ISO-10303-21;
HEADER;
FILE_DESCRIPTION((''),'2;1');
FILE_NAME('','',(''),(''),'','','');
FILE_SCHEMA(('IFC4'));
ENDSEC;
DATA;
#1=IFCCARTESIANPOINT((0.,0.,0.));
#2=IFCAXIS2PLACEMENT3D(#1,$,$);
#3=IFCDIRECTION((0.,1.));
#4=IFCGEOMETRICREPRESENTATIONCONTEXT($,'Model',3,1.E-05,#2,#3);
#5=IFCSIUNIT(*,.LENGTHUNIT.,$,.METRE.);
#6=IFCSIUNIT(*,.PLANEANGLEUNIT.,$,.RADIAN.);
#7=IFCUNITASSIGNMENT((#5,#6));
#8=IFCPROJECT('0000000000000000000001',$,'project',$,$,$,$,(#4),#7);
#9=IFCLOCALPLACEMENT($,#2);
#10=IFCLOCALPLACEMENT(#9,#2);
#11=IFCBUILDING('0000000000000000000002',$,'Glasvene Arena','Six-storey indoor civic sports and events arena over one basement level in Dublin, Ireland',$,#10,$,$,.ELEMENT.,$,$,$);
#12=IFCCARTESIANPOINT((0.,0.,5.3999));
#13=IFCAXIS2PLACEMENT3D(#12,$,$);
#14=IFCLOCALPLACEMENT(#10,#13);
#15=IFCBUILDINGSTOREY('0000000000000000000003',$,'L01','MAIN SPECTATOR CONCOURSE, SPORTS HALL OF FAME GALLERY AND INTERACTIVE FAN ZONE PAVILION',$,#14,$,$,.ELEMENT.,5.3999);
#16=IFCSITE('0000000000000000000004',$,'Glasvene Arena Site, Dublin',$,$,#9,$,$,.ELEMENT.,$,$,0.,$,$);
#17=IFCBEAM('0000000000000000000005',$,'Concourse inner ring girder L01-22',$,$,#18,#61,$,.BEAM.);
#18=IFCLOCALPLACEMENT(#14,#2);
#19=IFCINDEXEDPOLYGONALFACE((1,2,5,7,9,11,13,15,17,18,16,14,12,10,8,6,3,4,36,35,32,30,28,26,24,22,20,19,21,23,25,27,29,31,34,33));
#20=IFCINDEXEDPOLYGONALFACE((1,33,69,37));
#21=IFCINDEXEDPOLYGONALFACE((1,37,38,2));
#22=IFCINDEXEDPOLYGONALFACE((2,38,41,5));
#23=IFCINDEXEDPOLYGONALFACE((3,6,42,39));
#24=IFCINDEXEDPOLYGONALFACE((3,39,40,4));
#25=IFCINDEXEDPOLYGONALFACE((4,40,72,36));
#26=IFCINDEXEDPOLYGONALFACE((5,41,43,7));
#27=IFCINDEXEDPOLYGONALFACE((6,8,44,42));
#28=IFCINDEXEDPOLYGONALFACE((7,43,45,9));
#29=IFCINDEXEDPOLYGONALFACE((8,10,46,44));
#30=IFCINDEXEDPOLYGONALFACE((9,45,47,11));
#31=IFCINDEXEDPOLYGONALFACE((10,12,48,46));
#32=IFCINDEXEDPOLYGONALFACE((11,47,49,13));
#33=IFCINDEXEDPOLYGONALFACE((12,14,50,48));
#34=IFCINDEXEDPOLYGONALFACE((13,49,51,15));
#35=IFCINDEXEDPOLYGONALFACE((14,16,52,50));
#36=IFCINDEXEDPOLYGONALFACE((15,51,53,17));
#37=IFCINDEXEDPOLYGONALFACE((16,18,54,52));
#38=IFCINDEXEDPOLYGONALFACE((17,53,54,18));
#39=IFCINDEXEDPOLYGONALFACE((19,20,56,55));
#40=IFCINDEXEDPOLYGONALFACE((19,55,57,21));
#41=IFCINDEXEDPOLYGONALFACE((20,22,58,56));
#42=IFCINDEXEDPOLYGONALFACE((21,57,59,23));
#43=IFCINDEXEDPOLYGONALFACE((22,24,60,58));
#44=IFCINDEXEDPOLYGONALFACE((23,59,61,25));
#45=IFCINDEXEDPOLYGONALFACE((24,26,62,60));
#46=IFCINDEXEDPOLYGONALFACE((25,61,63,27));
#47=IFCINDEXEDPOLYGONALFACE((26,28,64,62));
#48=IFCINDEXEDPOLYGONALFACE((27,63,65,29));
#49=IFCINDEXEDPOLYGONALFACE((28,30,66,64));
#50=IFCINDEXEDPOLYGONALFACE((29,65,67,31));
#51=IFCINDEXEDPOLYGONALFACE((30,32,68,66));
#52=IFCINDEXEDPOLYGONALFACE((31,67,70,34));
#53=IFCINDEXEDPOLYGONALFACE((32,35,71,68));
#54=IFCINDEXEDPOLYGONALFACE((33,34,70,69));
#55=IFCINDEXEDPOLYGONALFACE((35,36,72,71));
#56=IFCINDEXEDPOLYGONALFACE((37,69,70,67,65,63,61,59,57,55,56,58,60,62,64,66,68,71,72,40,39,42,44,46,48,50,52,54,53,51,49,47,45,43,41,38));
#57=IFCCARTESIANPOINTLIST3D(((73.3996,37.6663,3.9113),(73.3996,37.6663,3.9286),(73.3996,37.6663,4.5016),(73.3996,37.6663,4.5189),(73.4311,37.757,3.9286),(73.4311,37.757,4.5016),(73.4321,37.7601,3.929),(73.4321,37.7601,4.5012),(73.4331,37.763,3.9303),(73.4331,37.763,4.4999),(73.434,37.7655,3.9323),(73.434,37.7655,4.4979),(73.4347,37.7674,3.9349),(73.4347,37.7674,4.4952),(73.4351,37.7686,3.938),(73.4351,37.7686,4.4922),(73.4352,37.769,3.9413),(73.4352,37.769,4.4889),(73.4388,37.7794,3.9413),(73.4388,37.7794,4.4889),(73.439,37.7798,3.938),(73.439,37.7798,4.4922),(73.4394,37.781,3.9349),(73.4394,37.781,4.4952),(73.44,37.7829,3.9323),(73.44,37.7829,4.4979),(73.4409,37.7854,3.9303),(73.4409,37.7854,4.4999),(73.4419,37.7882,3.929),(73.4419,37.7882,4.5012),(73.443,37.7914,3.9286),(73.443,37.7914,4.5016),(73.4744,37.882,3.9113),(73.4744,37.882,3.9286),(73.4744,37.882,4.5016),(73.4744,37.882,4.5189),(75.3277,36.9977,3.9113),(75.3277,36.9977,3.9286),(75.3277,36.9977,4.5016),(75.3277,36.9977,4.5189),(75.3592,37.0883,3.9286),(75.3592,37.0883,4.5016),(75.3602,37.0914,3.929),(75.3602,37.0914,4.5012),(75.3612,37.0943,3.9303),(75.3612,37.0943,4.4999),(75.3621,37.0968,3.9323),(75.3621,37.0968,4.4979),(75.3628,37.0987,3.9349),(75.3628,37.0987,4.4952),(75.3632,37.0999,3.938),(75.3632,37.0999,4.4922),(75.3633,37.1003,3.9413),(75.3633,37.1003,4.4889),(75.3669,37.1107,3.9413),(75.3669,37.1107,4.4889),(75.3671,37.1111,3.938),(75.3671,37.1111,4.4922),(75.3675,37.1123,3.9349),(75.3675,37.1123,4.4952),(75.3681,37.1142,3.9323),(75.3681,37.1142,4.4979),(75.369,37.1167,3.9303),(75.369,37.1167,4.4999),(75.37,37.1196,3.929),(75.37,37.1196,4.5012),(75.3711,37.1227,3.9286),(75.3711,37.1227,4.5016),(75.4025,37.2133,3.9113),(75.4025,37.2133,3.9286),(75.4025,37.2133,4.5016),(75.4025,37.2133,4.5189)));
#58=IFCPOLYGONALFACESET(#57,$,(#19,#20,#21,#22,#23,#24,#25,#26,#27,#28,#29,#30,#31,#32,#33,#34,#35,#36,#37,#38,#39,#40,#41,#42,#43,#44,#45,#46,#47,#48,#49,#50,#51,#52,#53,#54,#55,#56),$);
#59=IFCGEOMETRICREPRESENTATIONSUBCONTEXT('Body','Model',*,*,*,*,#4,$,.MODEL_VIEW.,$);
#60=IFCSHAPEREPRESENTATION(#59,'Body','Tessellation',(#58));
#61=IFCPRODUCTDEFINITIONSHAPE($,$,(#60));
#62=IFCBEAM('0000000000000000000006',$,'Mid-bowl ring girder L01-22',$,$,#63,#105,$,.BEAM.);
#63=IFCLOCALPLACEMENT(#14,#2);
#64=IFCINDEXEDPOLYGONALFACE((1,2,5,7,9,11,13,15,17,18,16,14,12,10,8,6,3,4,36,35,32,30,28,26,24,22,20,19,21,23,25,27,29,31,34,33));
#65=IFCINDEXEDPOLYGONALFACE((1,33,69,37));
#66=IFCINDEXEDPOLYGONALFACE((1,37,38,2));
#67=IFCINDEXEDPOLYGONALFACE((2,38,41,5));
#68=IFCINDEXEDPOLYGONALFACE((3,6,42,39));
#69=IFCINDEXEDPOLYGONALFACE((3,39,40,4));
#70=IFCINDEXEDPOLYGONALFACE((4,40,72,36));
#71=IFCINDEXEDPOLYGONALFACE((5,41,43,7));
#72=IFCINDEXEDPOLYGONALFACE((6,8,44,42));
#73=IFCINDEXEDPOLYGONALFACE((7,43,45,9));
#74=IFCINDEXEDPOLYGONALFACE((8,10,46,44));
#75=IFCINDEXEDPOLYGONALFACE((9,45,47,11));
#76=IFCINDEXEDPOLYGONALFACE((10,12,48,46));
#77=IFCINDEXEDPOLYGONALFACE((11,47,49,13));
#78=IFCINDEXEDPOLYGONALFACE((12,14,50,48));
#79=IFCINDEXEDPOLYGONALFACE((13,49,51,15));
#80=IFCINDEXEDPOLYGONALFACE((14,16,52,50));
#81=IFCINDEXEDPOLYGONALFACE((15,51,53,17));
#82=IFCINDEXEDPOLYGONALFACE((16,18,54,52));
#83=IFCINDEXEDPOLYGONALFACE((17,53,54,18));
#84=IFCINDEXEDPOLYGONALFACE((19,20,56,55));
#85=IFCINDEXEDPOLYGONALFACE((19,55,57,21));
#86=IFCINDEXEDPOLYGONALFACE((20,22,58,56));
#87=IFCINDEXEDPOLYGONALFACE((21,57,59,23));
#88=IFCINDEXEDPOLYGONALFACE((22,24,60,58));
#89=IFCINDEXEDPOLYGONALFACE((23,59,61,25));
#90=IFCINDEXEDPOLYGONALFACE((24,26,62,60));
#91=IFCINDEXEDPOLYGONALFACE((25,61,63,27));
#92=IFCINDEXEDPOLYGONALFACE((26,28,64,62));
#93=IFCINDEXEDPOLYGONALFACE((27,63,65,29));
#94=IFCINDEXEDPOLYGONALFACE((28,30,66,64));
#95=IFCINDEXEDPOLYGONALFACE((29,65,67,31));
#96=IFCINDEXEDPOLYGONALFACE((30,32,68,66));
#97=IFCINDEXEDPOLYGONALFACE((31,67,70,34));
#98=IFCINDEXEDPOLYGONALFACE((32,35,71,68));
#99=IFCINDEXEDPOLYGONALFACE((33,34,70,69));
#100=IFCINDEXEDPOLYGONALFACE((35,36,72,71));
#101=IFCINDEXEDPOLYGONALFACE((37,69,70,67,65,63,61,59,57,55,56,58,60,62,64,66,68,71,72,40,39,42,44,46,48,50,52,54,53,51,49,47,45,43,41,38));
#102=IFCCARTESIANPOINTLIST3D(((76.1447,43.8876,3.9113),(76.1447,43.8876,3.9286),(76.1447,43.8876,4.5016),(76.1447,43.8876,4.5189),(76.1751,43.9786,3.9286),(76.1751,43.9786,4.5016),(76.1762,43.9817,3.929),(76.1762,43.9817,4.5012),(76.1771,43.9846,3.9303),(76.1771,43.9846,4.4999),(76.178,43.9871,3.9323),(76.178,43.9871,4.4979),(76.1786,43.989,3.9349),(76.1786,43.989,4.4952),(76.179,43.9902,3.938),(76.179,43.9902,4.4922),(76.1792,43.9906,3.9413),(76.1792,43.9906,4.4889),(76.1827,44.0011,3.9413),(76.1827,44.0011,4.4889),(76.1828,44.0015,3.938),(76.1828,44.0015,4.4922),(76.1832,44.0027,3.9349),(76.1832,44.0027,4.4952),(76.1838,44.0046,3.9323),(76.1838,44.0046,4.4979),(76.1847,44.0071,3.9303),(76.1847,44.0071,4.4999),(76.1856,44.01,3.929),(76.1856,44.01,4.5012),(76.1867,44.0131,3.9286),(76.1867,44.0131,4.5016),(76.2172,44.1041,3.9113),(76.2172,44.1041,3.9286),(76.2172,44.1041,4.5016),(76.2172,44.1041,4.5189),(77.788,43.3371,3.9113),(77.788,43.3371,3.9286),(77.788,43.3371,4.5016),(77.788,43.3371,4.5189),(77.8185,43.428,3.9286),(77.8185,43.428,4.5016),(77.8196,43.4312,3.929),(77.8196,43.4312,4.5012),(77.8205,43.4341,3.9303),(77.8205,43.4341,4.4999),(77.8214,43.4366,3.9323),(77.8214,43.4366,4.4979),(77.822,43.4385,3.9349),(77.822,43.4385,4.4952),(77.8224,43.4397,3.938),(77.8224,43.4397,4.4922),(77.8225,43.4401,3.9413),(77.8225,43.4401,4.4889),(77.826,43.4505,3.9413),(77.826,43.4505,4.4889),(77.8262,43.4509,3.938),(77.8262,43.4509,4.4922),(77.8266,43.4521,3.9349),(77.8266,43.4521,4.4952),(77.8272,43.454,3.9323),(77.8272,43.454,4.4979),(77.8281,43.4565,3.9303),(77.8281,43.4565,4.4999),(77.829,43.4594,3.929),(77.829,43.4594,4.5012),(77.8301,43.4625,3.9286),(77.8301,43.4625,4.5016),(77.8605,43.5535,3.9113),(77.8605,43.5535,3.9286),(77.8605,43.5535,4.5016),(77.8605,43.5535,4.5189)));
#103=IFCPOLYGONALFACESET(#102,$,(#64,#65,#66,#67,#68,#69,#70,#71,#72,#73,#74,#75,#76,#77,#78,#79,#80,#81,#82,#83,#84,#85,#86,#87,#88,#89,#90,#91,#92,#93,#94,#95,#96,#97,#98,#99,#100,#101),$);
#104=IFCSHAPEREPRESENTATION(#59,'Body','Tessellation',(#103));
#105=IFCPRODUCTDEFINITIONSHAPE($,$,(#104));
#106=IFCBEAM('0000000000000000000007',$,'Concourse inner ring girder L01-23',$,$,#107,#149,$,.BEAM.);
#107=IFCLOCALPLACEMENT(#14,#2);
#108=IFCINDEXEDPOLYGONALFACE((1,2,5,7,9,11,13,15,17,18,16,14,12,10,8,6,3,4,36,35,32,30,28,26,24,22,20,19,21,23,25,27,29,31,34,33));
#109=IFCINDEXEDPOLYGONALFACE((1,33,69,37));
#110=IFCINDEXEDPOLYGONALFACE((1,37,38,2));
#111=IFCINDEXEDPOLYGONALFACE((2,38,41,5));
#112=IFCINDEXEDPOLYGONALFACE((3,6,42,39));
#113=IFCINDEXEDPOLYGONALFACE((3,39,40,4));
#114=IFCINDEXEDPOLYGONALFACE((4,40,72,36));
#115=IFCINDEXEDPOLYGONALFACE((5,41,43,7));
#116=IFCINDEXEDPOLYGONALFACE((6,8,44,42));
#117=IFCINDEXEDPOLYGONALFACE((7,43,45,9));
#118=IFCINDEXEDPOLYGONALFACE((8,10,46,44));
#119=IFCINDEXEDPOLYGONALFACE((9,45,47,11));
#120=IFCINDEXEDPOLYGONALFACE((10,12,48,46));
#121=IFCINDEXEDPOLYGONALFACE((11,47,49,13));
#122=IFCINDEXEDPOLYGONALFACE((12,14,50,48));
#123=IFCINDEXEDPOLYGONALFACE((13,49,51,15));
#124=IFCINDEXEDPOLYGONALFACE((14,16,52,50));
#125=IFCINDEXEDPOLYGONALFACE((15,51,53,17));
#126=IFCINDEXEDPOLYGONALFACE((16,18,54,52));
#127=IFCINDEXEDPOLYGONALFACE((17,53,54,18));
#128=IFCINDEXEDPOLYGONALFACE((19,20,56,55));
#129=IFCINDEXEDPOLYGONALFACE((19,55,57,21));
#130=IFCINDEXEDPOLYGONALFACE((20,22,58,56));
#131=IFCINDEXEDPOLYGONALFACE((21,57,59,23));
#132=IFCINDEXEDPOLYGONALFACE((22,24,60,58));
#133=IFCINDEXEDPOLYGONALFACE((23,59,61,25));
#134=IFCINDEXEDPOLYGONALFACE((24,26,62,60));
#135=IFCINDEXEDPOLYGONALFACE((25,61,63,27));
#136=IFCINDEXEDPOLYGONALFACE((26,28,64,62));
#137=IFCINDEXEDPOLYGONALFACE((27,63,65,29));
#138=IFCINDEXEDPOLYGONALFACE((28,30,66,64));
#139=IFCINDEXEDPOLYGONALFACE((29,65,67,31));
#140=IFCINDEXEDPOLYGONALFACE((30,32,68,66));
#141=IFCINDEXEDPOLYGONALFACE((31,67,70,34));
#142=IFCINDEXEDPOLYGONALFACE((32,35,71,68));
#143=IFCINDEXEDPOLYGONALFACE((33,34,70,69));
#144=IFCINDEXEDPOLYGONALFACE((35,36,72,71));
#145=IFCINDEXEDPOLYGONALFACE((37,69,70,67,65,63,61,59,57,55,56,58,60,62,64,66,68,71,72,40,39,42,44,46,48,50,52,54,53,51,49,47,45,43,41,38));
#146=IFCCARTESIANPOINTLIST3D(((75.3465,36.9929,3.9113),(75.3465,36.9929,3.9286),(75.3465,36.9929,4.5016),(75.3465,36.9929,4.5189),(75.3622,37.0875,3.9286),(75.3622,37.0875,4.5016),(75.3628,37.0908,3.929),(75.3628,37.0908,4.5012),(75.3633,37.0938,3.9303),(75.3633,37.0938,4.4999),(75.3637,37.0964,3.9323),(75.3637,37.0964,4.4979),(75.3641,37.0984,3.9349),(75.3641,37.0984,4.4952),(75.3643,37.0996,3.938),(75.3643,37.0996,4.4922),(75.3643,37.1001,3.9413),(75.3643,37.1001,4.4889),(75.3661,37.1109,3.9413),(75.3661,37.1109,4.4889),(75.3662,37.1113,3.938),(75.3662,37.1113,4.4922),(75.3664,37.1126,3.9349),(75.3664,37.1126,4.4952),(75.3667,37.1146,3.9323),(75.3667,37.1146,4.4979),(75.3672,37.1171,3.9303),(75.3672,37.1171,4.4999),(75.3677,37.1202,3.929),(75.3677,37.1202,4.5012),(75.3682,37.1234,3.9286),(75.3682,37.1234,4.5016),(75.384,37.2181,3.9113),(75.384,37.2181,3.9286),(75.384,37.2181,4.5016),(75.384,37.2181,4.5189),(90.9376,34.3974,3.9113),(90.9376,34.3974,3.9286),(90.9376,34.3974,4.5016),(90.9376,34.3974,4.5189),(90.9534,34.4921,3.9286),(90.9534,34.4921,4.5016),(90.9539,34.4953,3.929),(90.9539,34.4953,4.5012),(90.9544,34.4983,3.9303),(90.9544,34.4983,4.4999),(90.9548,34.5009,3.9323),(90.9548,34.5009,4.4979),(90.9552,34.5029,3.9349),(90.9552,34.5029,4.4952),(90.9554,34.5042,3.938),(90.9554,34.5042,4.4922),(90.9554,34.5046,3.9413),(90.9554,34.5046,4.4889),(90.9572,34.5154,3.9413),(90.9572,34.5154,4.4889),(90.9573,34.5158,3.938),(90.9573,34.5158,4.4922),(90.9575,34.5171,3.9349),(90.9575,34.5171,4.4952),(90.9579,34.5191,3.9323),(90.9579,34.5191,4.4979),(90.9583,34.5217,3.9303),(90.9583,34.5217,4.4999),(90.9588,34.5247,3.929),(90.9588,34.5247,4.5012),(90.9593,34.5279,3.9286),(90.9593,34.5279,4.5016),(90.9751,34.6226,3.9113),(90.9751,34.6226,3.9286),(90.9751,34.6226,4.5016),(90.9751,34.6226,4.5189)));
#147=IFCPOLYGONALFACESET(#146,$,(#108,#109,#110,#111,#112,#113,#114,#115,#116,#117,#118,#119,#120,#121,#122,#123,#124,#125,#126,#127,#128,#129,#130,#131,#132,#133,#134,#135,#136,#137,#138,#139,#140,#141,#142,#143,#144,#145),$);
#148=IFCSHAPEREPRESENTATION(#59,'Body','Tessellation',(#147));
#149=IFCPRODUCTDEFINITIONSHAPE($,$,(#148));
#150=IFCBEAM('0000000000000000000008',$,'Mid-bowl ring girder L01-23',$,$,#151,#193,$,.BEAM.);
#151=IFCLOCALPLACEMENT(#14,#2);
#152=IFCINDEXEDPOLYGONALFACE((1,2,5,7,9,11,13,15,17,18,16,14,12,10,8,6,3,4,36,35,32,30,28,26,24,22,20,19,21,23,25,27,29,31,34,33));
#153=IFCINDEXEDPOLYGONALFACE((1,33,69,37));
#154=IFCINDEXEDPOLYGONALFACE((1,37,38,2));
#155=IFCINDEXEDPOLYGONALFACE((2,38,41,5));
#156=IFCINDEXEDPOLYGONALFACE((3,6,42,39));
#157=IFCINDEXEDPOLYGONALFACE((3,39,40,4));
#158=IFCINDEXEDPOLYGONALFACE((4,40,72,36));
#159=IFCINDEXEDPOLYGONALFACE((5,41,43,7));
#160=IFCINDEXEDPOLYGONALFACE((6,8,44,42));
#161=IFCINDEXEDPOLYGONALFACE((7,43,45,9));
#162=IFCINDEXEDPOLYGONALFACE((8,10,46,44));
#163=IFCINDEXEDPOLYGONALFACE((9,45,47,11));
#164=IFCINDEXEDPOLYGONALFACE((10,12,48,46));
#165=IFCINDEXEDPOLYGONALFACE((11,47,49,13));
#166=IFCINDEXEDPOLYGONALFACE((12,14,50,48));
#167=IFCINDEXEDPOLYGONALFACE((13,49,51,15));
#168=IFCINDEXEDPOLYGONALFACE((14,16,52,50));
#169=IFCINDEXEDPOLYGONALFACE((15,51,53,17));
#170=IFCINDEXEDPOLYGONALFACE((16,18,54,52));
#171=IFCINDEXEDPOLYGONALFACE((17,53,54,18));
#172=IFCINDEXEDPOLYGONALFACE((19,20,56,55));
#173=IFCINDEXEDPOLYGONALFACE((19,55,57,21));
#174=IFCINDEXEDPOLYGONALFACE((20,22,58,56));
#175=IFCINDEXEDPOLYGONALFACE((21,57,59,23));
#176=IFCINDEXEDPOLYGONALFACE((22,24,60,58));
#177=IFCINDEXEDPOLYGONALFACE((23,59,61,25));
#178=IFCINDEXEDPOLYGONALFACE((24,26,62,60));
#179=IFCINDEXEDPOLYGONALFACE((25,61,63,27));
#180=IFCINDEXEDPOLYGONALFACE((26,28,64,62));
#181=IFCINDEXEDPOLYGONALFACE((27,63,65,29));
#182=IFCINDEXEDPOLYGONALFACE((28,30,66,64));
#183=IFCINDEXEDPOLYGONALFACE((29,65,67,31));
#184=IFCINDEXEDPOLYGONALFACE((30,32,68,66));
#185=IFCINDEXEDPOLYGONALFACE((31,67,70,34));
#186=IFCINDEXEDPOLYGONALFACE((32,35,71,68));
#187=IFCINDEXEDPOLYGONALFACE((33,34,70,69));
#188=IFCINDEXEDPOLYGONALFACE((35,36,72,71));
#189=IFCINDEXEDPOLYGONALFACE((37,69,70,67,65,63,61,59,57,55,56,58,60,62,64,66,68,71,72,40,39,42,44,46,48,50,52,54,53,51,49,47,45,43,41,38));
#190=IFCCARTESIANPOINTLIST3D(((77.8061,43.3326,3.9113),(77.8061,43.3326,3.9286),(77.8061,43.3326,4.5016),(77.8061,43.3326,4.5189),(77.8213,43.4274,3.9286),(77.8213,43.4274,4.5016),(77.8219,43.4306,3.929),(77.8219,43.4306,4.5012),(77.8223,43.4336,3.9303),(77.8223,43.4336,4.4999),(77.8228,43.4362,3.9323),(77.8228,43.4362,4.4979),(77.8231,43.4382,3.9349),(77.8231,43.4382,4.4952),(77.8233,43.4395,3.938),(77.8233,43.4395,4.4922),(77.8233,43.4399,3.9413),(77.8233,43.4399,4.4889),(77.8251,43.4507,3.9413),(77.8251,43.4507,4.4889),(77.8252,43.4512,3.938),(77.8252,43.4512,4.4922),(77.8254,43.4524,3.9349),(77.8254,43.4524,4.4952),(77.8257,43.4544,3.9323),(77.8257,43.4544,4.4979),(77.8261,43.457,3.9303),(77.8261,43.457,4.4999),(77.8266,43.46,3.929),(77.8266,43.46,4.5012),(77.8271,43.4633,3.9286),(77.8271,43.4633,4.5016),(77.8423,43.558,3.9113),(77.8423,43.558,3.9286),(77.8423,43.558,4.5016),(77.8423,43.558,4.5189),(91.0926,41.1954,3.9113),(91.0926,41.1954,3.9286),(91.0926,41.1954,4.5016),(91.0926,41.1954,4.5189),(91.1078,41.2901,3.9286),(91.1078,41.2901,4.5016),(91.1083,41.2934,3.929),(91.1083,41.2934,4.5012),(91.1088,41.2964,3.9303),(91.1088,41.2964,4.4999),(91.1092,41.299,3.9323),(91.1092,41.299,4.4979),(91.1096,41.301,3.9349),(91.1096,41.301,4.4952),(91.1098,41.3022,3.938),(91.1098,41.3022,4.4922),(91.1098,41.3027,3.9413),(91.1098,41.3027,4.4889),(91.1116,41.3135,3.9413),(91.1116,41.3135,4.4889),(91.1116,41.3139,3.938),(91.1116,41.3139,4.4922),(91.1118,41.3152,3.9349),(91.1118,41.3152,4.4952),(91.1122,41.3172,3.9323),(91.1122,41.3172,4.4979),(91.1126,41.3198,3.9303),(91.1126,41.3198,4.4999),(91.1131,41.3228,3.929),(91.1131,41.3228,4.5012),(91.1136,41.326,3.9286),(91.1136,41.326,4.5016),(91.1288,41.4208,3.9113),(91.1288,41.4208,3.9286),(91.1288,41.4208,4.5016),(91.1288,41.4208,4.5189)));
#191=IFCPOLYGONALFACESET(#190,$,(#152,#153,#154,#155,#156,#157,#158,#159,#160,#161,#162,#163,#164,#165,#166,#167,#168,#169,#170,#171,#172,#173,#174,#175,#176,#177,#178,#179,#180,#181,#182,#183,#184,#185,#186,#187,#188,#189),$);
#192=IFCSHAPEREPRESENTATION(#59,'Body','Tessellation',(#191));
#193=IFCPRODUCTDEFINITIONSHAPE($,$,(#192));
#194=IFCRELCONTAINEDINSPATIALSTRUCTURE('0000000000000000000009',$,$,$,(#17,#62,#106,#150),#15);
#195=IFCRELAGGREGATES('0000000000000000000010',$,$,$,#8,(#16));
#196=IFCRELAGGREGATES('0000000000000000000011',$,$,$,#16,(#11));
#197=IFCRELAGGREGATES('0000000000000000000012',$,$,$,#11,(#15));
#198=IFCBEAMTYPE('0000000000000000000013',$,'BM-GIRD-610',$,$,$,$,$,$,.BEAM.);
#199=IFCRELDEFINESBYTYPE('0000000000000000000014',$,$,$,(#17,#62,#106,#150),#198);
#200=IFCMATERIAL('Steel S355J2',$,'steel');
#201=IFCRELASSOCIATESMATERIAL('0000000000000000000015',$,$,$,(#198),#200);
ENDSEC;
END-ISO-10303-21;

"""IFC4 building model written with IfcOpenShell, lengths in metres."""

from ifc_helpers import new_model, si_unit, direction, frame, origin, origin_2d, place, context, subcontext, project, spatial, i_section, extrude, material, material_profile, profile_set, type_object, element, save


model = new_model("IFC4")

# Units and contexts
model_context = context("Model", 3, precision=1e-05, world=origin(), true_north=direction((0.0, 1.0)))
body_context = subcontext(model_context, "Body", "Model", "MODEL_VIEW")
ifc_project = project(units=[si_unit("LENGTHUNIT", "METRE"), si_unit("PLANEANGLEUNIT", "RADIAN")], contexts=[model_context])

# Site, building, storey
site_placement = place(None, origin())
site = spatial("IfcSite", under=ifc_project, at=site_placement, Name="Glasvene Arena Site, Dublin", CompositionType="ELEMENT", RefElevation=0.0)
building_placement = place(site_placement, origin())
building = spatial("IfcBuilding", under=site, at=building_placement, Name="Glasvene Arena", Description="Six-storey indoor civic sports and events arena over one basement level in Dublin, Ireland", CompositionType="ELEMENT")
storey_placement = place(building_placement, frame((0.0, 0.0, 5.3999)))
storey = spatial("IfcBuildingStorey", under=building, at=storey_placement, Name="L01", Description="MAIN SPECTATOR CONCOURSE, SPORTS HALL OF FAME GALLERY AND INTERACTIVE FAN ZONE PAVILION", CompositionType="ELEMENT", Elevation=5.3999)

# Shared definitions
ifc_material_1 = material(Name="Steel S355J2", Category="steel")

# Beams
ifc_material_profile_1 = material_profile(ifc_material_1, i_section(OverallWidth=0.2283, OverallDepth=0.6077, WebThickness=0.011, FlangeThickness=0.0173, FilletRadius=0.0127, at=origin_2d()), Name="UKB 610x229x113")
ifc_profile_set_1 = profile_set([ifc_material_profile_1], Name="Steel S355J2")
beam_type_1 = type_object("IfcBeamType", Name="BM-GIRD-610", PredefinedType="BEAM", material=ifc_profile_set_1)
beam_1_placement = place(storey_placement, frame((73.437, 37.7742, 4.2151), z_axis=(0.944798, -0.327653, 0.0), x_axis=(0.327653, 0.944798, 0.0)))
element("IfcBeam", 1, at=beam_1_placement, inside=storey, type_object=beam_type_1, Name="Concourse inner ring girder L01-22", PredefinedType="BEAM", context=body_context, shape_type="SweptSolid", body=[
    extrude(i_section(OverallWidth=0.2283, OverallDepth=0.6077, WebThickness=0.011, FlangeThickness=0.0173, FilletRadius=0.0127, at=origin_2d()), origin(), (0.0, 0.0, 1.0), 2.0408),
])
beam_2_placement = place(storey_placement, frame((76.1809, 43.9958, 4.2151), z_axis=(0.948203, -0.317664, 0.0), x_axis=(0.317664, 0.948203, 0.0)))
element("IfcBeam", 2, at=beam_2_placement, inside=storey, type_object=beam_type_1, Name="Mid-bowl ring girder L01-22", PredefinedType="BEAM", context=body_context, shape_type="SweptSolid", body=[
    extrude(i_section(OverallWidth=0.2283, OverallDepth=0.6077, WebThickness=0.011, FlangeThickness=0.0173, FilletRadius=0.0127, at=origin_2d()), origin(), (0.0, 0.0, 1.0), 1.7332),
])
beam_3_placement = place(storey_placement, frame((75.3652, 37.1055, 4.2151), z_axis=(0.986425, -0.164211, 0.0), x_axis=(0.164211, 0.986425, 0.0)))
element("IfcBeam", 3, at=beam_3_placement, inside=storey, type_object=beam_type_1, Name="Concourse inner ring girder L01-23", PredefinedType="BEAM", context=body_context, shape_type="SweptSolid", body=[
    extrude(i_section(OverallWidth=0.2283, OverallDepth=0.6077, WebThickness=0.011, FlangeThickness=0.0173, FilletRadius=0.0127, at=origin_2d()), origin(), (0.0, 0.0, 1.0), 15.8057),
])
beam_4_placement = place(storey_placement, frame((77.8242, 43.4453, 4.2151), z_axis=(0.987308, -0.158815, 0.0), x_axis=(0.158815, 0.987308, 0.0)))
element("IfcBeam", 4, at=beam_4_placement, inside=storey, type_object=beam_type_1, Name="Mid-bowl ring girder L01-23", PredefinedType="BEAM", context=body_context, shape_type="SweptSolid", body=[
    extrude(i_section(OverallWidth=0.2283, OverallDepth=0.6077, WebThickness=0.011, FlangeThickness=0.0173, FilletRadius=0.0127, at=origin_2d()), origin(), (0.0, 0.0, 1.0), 13.4573),
])

save(model, "model.ifc")
